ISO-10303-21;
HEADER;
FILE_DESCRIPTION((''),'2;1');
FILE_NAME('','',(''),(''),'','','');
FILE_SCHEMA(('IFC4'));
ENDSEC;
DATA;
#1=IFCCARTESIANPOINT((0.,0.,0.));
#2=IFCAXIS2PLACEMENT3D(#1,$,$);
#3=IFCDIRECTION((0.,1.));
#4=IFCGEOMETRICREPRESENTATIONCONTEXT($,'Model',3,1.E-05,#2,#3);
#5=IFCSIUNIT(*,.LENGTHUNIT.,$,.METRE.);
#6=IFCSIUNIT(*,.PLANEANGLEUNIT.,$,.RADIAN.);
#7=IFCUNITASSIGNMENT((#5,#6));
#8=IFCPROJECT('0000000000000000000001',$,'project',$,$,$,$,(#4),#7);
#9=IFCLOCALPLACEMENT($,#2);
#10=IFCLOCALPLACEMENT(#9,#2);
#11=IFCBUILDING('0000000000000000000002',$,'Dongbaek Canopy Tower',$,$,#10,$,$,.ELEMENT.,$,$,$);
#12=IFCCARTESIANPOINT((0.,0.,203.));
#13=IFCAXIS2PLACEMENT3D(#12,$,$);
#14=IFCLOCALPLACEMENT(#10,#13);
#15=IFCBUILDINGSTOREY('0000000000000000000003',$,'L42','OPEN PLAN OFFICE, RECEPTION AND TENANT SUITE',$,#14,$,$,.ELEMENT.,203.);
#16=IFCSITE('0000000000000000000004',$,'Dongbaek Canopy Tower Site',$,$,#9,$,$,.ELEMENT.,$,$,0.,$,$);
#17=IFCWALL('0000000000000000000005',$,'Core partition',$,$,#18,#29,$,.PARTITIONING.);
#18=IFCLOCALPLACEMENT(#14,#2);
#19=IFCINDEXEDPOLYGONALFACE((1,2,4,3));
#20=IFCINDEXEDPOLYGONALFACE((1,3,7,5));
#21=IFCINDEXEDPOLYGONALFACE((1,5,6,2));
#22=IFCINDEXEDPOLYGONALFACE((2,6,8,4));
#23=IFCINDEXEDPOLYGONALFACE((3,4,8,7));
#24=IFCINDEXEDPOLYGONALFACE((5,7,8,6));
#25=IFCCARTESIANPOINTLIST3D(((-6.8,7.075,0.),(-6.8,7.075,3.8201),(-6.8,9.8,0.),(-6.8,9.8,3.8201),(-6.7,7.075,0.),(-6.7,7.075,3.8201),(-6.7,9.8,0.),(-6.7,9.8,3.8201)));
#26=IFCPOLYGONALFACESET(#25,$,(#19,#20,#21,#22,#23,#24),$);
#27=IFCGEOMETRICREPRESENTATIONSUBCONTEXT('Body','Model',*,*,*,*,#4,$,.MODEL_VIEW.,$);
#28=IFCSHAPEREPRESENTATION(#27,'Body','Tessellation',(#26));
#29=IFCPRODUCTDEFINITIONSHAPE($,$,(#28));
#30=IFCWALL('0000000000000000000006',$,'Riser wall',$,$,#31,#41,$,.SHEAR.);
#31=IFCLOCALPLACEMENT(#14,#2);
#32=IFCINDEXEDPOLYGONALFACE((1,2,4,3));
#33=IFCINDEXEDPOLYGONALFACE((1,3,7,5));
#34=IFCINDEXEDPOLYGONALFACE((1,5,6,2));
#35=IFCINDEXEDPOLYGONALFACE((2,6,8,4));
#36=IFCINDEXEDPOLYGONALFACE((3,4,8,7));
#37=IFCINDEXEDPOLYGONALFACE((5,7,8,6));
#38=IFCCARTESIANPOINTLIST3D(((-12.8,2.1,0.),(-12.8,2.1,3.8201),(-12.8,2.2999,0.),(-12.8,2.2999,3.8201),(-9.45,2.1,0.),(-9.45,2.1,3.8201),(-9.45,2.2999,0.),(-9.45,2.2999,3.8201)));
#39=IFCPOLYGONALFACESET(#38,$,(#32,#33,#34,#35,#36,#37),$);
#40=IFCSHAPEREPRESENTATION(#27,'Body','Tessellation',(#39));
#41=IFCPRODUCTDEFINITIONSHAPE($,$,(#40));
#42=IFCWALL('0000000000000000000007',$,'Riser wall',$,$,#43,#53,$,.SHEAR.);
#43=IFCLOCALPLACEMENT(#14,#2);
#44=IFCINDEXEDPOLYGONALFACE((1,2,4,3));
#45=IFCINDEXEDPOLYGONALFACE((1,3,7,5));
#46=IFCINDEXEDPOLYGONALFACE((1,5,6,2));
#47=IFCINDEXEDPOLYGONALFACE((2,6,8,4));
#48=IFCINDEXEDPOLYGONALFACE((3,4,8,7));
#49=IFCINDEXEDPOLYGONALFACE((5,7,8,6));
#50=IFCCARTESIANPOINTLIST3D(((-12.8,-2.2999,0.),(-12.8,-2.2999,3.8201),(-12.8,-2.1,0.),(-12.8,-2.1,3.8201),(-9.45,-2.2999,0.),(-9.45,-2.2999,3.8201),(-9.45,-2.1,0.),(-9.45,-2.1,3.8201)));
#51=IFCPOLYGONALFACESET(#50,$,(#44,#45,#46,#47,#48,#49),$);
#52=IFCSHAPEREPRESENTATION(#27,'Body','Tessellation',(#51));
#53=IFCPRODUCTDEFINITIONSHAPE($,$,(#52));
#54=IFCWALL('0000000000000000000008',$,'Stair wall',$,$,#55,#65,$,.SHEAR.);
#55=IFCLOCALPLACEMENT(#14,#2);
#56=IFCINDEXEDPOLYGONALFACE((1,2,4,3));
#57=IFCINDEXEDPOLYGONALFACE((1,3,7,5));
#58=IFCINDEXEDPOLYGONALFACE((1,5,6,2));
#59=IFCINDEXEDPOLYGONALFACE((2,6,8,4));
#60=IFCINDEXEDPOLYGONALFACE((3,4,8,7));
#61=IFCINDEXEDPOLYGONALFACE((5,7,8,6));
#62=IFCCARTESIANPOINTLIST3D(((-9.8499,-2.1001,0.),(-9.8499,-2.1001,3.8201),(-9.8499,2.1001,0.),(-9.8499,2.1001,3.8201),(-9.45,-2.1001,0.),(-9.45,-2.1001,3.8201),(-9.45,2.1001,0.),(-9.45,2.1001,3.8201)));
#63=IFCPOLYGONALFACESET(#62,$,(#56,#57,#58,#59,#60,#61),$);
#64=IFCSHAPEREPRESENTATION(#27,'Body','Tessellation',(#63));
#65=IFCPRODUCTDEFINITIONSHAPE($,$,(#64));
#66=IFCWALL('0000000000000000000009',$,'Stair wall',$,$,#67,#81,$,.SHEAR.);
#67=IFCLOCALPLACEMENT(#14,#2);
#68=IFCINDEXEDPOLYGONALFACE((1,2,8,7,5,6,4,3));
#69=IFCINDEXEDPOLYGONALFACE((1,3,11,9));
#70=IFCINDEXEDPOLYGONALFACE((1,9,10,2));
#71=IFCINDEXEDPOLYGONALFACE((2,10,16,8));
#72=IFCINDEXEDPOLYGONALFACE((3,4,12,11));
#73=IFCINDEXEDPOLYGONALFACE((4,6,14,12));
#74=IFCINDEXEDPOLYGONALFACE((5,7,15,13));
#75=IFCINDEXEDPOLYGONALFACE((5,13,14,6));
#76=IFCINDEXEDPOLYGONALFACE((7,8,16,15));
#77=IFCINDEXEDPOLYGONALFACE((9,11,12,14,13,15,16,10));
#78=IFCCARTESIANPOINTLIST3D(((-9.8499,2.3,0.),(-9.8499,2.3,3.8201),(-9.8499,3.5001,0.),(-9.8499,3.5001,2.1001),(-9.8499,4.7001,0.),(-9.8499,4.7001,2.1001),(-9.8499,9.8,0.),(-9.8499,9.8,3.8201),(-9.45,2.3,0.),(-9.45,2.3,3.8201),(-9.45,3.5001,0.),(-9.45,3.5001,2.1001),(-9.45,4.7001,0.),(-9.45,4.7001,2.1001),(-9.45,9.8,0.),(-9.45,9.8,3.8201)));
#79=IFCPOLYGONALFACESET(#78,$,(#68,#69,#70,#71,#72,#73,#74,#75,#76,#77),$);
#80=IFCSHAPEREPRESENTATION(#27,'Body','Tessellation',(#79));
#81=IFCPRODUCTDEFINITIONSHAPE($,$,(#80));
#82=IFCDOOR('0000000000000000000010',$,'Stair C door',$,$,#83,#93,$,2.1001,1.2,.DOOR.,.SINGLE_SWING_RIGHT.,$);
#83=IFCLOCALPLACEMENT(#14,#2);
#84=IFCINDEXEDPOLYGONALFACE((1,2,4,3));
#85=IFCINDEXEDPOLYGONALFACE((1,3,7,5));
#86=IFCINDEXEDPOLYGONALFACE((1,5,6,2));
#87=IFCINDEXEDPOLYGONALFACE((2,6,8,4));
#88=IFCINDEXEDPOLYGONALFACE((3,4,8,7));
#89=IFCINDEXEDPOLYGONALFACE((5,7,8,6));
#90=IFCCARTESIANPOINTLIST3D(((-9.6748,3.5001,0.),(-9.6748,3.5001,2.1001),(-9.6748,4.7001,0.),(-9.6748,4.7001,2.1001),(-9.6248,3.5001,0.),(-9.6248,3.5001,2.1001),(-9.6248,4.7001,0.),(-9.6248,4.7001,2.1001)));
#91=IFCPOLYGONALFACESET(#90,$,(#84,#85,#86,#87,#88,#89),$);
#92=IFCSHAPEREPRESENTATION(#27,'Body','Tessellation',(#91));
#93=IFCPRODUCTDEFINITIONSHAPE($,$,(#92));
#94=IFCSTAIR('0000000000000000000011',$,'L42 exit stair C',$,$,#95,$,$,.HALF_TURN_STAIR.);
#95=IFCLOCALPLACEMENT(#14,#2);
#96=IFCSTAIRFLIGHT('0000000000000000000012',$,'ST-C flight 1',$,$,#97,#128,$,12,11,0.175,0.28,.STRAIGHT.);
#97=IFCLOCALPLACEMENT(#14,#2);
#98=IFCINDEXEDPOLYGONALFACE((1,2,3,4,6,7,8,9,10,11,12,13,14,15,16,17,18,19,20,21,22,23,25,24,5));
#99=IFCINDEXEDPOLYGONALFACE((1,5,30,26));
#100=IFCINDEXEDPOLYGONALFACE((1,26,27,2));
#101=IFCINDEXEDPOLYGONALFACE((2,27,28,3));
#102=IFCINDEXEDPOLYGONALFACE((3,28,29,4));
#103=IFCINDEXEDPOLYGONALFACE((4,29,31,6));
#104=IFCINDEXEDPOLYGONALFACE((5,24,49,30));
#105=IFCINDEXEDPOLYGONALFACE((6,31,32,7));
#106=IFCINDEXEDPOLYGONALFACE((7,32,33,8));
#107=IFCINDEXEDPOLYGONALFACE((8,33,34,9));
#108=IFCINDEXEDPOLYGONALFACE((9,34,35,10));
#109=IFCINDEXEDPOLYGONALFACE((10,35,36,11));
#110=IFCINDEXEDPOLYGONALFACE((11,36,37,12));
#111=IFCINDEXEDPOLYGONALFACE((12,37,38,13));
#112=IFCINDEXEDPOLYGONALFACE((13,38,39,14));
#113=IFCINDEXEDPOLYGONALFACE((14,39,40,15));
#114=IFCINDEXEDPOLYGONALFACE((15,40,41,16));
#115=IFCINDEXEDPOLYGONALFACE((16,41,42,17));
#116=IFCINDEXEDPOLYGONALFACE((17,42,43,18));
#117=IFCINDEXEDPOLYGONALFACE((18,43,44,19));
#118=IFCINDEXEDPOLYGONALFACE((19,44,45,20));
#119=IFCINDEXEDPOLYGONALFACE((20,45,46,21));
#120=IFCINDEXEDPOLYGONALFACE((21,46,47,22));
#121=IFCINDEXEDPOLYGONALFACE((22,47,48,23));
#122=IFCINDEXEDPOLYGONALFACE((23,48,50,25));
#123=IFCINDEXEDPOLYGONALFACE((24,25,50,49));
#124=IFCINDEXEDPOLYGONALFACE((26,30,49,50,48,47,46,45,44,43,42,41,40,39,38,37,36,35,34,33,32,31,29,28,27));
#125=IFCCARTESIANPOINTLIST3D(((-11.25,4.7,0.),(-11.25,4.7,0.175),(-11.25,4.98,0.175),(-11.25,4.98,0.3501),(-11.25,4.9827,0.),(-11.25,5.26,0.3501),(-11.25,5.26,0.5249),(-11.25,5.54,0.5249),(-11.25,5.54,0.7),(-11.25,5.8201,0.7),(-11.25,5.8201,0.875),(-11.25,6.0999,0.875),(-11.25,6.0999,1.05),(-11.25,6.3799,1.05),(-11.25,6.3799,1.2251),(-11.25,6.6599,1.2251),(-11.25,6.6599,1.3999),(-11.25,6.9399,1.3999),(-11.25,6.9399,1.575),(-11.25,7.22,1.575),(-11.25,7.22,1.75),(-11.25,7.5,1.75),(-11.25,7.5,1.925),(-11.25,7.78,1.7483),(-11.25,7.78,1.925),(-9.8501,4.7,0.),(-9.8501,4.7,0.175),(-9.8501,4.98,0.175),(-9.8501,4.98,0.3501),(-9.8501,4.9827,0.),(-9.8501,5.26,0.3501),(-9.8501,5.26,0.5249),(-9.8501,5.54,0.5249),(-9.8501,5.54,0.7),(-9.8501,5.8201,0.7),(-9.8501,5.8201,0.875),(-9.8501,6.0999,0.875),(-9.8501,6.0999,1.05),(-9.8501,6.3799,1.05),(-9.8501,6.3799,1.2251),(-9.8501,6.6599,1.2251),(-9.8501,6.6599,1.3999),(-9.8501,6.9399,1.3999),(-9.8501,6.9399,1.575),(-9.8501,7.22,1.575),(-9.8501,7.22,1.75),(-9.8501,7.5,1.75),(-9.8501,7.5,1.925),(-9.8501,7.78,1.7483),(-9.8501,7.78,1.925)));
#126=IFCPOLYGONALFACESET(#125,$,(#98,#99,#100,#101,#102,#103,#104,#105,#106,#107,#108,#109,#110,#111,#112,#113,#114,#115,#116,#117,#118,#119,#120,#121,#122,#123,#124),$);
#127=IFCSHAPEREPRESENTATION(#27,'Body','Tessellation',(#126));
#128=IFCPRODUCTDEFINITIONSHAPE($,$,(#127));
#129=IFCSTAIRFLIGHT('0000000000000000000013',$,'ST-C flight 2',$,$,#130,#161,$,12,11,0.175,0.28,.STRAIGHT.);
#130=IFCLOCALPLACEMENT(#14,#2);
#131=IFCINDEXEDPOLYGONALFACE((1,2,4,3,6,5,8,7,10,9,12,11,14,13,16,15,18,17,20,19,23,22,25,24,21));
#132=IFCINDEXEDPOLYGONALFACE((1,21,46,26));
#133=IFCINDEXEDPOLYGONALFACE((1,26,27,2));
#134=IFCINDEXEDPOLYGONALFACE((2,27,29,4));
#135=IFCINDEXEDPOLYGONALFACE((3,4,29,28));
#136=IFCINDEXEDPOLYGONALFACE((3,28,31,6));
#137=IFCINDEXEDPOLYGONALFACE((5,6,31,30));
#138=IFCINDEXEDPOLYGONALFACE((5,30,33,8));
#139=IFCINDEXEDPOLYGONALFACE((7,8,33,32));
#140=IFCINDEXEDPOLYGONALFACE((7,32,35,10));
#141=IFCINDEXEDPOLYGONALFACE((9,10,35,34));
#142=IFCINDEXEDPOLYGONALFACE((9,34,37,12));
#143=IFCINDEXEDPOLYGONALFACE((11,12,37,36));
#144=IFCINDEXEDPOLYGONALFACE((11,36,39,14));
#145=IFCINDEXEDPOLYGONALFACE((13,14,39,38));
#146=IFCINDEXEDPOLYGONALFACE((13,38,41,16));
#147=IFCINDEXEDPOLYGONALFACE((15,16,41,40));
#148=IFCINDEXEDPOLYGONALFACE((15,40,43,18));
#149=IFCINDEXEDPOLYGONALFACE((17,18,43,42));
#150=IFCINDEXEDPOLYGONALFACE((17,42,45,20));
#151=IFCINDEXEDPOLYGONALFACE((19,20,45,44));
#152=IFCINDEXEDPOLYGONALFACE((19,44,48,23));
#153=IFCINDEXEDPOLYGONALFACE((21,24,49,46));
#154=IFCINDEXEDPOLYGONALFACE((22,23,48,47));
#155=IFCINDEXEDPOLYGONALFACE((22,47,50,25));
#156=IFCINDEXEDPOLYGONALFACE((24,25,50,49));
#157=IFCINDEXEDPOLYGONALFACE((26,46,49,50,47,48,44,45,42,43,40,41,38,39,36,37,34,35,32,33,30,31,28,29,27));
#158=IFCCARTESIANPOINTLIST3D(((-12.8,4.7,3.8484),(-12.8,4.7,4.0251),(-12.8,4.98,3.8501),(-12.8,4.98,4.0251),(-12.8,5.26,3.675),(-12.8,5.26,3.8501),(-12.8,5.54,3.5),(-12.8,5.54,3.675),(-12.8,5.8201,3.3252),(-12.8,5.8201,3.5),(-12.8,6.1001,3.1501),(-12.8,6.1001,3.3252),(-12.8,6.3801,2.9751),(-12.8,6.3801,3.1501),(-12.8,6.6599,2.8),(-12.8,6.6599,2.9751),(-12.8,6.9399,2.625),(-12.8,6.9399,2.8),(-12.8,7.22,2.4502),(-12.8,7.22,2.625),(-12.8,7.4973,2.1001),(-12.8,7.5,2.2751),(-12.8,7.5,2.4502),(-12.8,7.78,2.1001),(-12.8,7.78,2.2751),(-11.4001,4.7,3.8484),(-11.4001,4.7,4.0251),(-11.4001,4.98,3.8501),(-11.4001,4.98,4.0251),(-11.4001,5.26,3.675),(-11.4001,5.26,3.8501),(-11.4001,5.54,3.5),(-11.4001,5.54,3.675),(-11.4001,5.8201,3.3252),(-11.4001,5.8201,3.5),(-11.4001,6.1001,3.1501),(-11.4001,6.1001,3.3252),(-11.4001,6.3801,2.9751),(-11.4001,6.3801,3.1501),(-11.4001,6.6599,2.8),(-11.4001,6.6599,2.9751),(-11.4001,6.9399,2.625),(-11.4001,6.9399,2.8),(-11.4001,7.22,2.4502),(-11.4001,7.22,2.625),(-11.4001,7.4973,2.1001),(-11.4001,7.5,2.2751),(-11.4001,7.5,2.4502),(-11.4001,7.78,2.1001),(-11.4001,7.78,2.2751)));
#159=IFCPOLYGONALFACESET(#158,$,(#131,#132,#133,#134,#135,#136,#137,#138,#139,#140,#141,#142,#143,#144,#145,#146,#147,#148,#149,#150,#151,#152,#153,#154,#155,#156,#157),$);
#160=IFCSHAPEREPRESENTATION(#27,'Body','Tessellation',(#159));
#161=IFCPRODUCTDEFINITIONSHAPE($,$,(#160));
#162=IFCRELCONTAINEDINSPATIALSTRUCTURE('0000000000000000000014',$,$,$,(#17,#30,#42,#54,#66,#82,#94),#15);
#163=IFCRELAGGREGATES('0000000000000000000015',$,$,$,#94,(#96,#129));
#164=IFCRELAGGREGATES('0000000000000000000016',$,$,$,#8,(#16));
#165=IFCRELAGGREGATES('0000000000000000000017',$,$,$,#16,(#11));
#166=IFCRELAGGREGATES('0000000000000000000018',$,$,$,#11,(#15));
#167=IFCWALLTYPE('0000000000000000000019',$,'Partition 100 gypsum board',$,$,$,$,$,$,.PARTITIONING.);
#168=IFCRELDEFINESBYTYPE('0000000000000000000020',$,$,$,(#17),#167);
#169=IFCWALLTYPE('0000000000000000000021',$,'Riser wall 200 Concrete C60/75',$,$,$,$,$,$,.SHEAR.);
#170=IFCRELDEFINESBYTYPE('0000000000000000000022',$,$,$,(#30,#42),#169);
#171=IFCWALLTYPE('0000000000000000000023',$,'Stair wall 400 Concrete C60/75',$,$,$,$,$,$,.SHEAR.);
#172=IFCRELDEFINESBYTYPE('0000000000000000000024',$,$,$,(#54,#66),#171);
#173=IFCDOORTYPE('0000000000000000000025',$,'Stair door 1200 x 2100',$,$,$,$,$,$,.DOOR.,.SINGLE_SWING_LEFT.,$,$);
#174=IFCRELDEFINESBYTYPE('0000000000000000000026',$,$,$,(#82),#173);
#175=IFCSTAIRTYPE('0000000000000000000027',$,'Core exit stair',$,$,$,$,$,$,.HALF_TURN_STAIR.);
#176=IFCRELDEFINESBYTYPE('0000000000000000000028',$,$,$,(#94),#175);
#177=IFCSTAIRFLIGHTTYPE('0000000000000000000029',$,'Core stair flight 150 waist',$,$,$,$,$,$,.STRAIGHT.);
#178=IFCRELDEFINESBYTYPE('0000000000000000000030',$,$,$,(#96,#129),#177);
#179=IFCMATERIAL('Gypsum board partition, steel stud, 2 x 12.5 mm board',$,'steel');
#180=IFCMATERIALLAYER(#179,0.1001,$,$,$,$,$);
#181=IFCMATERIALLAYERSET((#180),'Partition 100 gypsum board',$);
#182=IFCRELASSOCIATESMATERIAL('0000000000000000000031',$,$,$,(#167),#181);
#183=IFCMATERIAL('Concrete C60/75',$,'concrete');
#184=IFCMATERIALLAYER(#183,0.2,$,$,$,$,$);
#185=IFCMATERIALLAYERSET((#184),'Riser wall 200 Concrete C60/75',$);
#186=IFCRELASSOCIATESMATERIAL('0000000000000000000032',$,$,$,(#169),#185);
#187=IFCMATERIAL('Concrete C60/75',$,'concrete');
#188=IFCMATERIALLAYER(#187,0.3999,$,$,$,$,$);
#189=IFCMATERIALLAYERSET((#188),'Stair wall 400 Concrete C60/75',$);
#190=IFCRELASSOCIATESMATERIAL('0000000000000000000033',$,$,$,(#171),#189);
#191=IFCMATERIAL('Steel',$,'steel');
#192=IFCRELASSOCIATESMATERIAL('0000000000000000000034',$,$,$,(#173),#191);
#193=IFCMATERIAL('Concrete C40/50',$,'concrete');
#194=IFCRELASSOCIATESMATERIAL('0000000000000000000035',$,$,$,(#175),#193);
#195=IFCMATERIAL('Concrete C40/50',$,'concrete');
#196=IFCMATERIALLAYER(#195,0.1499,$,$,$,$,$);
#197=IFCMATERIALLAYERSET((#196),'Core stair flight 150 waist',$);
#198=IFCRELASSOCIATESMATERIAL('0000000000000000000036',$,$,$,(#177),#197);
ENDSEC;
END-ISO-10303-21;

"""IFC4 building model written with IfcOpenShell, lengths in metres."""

from ifc_helpers import new_model, si_unit, direction, frame, frame_2d, origin, place, context, subcontext, project, spatial, polyline, rectangle, outline, extrude, material, layer, layer_set, type_object, element, fill, aggregate, save


model = new_model("IFC4")

# Units and contexts
model_context = context("Model", 3, precision=1e-05, world=origin(), true_north=direction((0.0, 1.0)))
body_context = subcontext(model_context, "Body", "Model", "MODEL_VIEW")
ifc_project = project(units=[si_unit("LENGTHUNIT", "METRE"), si_unit("PLANEANGLEUNIT", "RADIAN")], contexts=[model_context])

# Site, building, storey
site_placement = place(None, origin())
site = spatial("IfcSite", under=ifc_project, at=site_placement, Name="Dongbaek Canopy Tower Site", CompositionType="ELEMENT", RefElevation=0.0)
building_placement = place(site_placement, origin())
building = spatial("IfcBuilding", under=site, at=building_placement, Name="Dongbaek Canopy Tower", CompositionType="ELEMENT")
storey_placement = place(building_placement, frame((0.0, 0.0, 203.0)))
storey = spatial("IfcBuildingStorey", under=building, at=storey_placement, Name="L42", Description="OPEN PLAN OFFICE, RECEPTION AND TENANT SUITE", CompositionType="ELEMENT", Elevation=203.0)

# Walls
ifc_material_1 = material(Name="Gypsum board partition, steel stud, 2 x 12.5 mm board", Category="steel")
ifc_layer_1 = layer(ifc_material_1, 0.1001)
ifc_layer_set_1 = layer_set([ifc_layer_1], Name="Partition 100 gypsum board")
wall_type_1 = type_object("IfcWallType", Name="Partition 100 gypsum board", PredefinedType="PARTITIONING", material=ifc_layer_set_1)
for number, where, z_axis, x_axis, name in (
    (1, (-6.75, 7.075, 0.0), (0.0, 0.0, 1.0), (0.0, 1.0, 0.0), "Core partition"),
):
    element("IfcWall", number, at=place(storey_placement, frame(where, z_axis=z_axis, x_axis=x_axis)), inside=storey, type_object=wall_type_1, Name=name, PredefinedType="PARTITIONING", context=body_context, shape_type="SweptSolid", body=[
        extrude(rectangle(XDim=2.7251, YDim=0.1001, at=frame_2d((1.3625, 0.0))), origin(), (0.0, 0.0, 1.0), 3.8201),
    ])
ifc_material_2 = material(Name="Concrete C60/75", Category="concrete")
ifc_layer_2 = layer(ifc_material_2, 0.2)
ifc_layer_set_2 = layer_set([ifc_layer_2], Name="Riser wall 200 Concrete C60/75")
wall_type_2 = type_object("IfcWallType", Name="Riser wall 200 Concrete C60/75", PredefinedType="SHEAR", material=ifc_layer_set_2)
for number, where, z_axis, x_axis, name in (
    (2, (-9.45, 2.2, 0.0), (0.0, 0.0, 1.0), (-1.0, 0.0, 0.0), "Riser wall"),
    (3, (-9.45, -2.2, 0.0), (0.0, 0.0, 1.0), (-1.0, 0.0, 0.0), "Riser wall"),
):
    element("IfcWall", number, at=place(storey_placement, frame(where, z_axis=z_axis, x_axis=x_axis)), inside=storey, type_object=wall_type_2, Name=name, PredefinedType="SHEAR", context=body_context, shape_type="SweptSolid", body=[
        extrude(rectangle(XDim=3.3501, YDim=0.2, at=frame_2d((1.675, 0.0))), origin(), (0.0, 0.0, 1.0), 3.8201),
    ])
ifc_material_3 = material(Name="Concrete C60/75", Category="concrete")
ifc_layer_3 = layer(ifc_material_3, 0.3999)
ifc_layer_set_3 = layer_set([ifc_layer_3], Name="Stair wall 400 Concrete C60/75")
wall_type_3 = type_object("IfcWallType", Name="Stair wall 400 Concrete C60/75", PredefinedType="SHEAR", material=ifc_layer_set_3)
wall_1_placement = place(storey_placement, frame((-9.6499, -2.1001, 0.0), z_axis=(0.0, 0.0, 1.0), x_axis=(0.0, 1.0, 0.0)))
element("IfcWall", 4, at=wall_1_placement, inside=storey, type_object=wall_type_3, Name="Stair wall", PredefinedType="SHEAR", context=body_context, shape_type="SweptSolid", body=[
    extrude(rectangle(XDim=4.2002, YDim=0.3999, at=frame_2d((2.1001, 0.0))), origin(), (0.0, 0.0, 1.0), 3.8201),
])

# Wall, opening, door
wall_2_placement = place(storey_placement, frame((-9.6499, 2.3, 0.0), z_axis=(0.0, 0.0, 1.0), x_axis=(0.0, 1.0, 0.0)))
wall_2 = element("IfcWall", 5, at=wall_2_placement, inside=storey, type_object=wall_type_3, Name="Stair wall", PredefinedType="SHEAR", context=body_context, shape_type="SweptSolid", body=[
    extrude(rectangle(XDim=7.5, YDim=0.3999, at=frame_2d((3.75, 0.0))), origin(), (0.0, 0.0, 1.0), 3.8201),
])
opening_1_placement = place(wall_2_placement, frame((1.2, 0.0, 0.0)))
opening_1 = element("IfcOpeningElement", 6, at=opening_1_placement, cuts=wall_2, PredefinedType="OPENING", context=body_context, shape_type="SweptSolid", body=[
    extrude(rectangle(XDim=1.2, YDim=2.1001, at=frame_2d((0.6001, 1.05))), frame((0.0, 0.21, 0.0), z_axis=(0.0, -1.0, 0.0), x_axis=(1.0, 0.0, 0.0)), (0.0, 0.0, 1.0), 0.4199),
])
ifc_material_4 = material(Name="Steel", Category="steel")
door_type_1 = type_object("IfcDoorType", Name="Stair door 1200 x 2100", OperationType="SINGLE_SWING_LEFT", PredefinedType="DOOR", material=ifc_material_4)
door_1_placement = place(opening_1_placement, origin())
door_1 = element("IfcDoor", 7, at=door_1_placement, inside=storey, type_object=door_type_1, Name="Stair C door", OperationType="SINGLE_SWING_RIGHT", OverallHeight=2.1001, OverallWidth=1.2, PredefinedType="DOOR", context=body_context, shape_type="SweptSolid", body=[
    extrude(rectangle(XDim=1.2, YDim=2.1001, at=frame_2d((0.6001, 1.05))), frame((0.0, 0.0249, 0.0), z_axis=(0.0, -1.0, 0.0), x_axis=(1.0, 0.0, 0.0)), (0.0, 0.0, 1.0), 0.05),
])
fill(opening_1, door_1)

# Stair, stair flights
ifc_material_5 = material(Name="Concrete C40/50", Category="concrete")
stair_type = type_object("IfcStairType", Name="Core exit stair", PredefinedType="HALF_TURN_STAIR", material=ifc_material_5)
stair_placement = place(storey_placement, origin())
stair = element("IfcStair", 8, at=stair_placement, inside=storey, type_object=stair_type, Name="L42 exit stair C", PredefinedType="HALF_TURN_STAIR")
ifc_material_6 = material(Name="Concrete C40/50", Category="concrete")
ifc_layer_4 = layer(ifc_material_6, 0.1499)
ifc_layer_set_4 = layer_set([ifc_layer_4], Name="Core stair flight 150 waist")
stair_flight_type = type_object("IfcStairFlightType", Name="Core stair flight 150 waist", PredefinedType="STRAIGHT", material=ifc_layer_set_4)
stair_flight_1_placement = place(storey_placement, frame((-10.55, 4.7, 0.0), z_axis=(0.0, 0.0, 1.0), x_axis=(0.0, 1.0, 0.0)))
stair_flight_1 = element("IfcStairFlight", 9, at=stair_flight_1_placement, type_object=stair_flight_type, Name="ST-C flight 1", NumberOfRisers=12, NumberOfTreads=11, PredefinedType="STRAIGHT", RiserHeight=0.175, TreadLength=0.28, context=body_context, shape_type="SweptSolid", body=[
    extrude(outline(polyline([(0.0, 0.0), (0.0, 0.175), (0.28, 0.175), (0.28, 0.3501), (0.5601, 0.3501), (0.5601, 0.5249), (0.8401, 0.5249), (0.8401, 0.7), (1.1201, 0.7), (1.1201, 0.875), (1.3999, 0.875), (1.3999, 1.05), (1.6799, 1.05), (1.6799, 1.2251), (1.96, 1.2251), (1.96, 1.3999), (2.24, 1.3999), (2.24, 1.575), (2.52, 1.575), (2.52, 1.75), (2.8, 1.75), (2.8, 1.925), (3.0801, 1.925), (3.0801, 2.1001), (3.0801, 1.7483), (0.2827, 0.0), (0.0, 0.0)])), frame((0.0, 0.7, 0.0), z_axis=(0.0, -1.0, 0.0), x_axis=(1.0, 0.0, 0.0)), (0.0, 0.0, 1.0), 1.3999),
])
stair_flight_2_placement = place(storey_placement, frame((-12.1001, 7.78, 2.1001), z_axis=(0.0, 0.0, 1.0), x_axis=(0.0, -1.0, 0.0)))
stair_flight_2 = element("IfcStairFlight", 10, at=stair_flight_2_placement, type_object=stair_flight_type, Name="ST-C flight 2", NumberOfRisers=12, NumberOfTreads=11, PredefinedType="STRAIGHT", RiserHeight=0.175, TreadLength=0.28, context=body_context, shape_type="SweptSolid", body=[
    extrude(outline(polyline([(0.0, 0.0), (0.0, 0.175), (0.28, 0.175), (0.28, 0.3501), (0.5601, 0.3501), (0.5601, 0.5249), (0.8401, 0.5249), (0.8401, 0.7), (1.1201, 0.7), (1.1201, 0.875), (1.3999, 0.875), (1.3999, 1.05), (1.6799, 1.05), (1.6799, 1.2251), (1.96, 1.2251), (1.96, 1.3999), (2.24, 1.3999), (2.24, 1.575), (2.52, 1.575), (2.52, 1.75), (2.8, 1.75), (2.8, 1.925), (3.0801, 1.925), (3.0801, 2.1001), (3.0801, 1.7483), (0.2827, 0.0), (0.0, 0.0)])), frame((0.0, 0.7, 0.0), z_axis=(0.0, -1.0, 0.0), x_axis=(1.0, 0.0, 0.0)), (0.0, 0.0, 1.0), 1.3999),
])
aggregate(stair, [stair_flight_1, stair_flight_2])

save(model, "model.ifc")
